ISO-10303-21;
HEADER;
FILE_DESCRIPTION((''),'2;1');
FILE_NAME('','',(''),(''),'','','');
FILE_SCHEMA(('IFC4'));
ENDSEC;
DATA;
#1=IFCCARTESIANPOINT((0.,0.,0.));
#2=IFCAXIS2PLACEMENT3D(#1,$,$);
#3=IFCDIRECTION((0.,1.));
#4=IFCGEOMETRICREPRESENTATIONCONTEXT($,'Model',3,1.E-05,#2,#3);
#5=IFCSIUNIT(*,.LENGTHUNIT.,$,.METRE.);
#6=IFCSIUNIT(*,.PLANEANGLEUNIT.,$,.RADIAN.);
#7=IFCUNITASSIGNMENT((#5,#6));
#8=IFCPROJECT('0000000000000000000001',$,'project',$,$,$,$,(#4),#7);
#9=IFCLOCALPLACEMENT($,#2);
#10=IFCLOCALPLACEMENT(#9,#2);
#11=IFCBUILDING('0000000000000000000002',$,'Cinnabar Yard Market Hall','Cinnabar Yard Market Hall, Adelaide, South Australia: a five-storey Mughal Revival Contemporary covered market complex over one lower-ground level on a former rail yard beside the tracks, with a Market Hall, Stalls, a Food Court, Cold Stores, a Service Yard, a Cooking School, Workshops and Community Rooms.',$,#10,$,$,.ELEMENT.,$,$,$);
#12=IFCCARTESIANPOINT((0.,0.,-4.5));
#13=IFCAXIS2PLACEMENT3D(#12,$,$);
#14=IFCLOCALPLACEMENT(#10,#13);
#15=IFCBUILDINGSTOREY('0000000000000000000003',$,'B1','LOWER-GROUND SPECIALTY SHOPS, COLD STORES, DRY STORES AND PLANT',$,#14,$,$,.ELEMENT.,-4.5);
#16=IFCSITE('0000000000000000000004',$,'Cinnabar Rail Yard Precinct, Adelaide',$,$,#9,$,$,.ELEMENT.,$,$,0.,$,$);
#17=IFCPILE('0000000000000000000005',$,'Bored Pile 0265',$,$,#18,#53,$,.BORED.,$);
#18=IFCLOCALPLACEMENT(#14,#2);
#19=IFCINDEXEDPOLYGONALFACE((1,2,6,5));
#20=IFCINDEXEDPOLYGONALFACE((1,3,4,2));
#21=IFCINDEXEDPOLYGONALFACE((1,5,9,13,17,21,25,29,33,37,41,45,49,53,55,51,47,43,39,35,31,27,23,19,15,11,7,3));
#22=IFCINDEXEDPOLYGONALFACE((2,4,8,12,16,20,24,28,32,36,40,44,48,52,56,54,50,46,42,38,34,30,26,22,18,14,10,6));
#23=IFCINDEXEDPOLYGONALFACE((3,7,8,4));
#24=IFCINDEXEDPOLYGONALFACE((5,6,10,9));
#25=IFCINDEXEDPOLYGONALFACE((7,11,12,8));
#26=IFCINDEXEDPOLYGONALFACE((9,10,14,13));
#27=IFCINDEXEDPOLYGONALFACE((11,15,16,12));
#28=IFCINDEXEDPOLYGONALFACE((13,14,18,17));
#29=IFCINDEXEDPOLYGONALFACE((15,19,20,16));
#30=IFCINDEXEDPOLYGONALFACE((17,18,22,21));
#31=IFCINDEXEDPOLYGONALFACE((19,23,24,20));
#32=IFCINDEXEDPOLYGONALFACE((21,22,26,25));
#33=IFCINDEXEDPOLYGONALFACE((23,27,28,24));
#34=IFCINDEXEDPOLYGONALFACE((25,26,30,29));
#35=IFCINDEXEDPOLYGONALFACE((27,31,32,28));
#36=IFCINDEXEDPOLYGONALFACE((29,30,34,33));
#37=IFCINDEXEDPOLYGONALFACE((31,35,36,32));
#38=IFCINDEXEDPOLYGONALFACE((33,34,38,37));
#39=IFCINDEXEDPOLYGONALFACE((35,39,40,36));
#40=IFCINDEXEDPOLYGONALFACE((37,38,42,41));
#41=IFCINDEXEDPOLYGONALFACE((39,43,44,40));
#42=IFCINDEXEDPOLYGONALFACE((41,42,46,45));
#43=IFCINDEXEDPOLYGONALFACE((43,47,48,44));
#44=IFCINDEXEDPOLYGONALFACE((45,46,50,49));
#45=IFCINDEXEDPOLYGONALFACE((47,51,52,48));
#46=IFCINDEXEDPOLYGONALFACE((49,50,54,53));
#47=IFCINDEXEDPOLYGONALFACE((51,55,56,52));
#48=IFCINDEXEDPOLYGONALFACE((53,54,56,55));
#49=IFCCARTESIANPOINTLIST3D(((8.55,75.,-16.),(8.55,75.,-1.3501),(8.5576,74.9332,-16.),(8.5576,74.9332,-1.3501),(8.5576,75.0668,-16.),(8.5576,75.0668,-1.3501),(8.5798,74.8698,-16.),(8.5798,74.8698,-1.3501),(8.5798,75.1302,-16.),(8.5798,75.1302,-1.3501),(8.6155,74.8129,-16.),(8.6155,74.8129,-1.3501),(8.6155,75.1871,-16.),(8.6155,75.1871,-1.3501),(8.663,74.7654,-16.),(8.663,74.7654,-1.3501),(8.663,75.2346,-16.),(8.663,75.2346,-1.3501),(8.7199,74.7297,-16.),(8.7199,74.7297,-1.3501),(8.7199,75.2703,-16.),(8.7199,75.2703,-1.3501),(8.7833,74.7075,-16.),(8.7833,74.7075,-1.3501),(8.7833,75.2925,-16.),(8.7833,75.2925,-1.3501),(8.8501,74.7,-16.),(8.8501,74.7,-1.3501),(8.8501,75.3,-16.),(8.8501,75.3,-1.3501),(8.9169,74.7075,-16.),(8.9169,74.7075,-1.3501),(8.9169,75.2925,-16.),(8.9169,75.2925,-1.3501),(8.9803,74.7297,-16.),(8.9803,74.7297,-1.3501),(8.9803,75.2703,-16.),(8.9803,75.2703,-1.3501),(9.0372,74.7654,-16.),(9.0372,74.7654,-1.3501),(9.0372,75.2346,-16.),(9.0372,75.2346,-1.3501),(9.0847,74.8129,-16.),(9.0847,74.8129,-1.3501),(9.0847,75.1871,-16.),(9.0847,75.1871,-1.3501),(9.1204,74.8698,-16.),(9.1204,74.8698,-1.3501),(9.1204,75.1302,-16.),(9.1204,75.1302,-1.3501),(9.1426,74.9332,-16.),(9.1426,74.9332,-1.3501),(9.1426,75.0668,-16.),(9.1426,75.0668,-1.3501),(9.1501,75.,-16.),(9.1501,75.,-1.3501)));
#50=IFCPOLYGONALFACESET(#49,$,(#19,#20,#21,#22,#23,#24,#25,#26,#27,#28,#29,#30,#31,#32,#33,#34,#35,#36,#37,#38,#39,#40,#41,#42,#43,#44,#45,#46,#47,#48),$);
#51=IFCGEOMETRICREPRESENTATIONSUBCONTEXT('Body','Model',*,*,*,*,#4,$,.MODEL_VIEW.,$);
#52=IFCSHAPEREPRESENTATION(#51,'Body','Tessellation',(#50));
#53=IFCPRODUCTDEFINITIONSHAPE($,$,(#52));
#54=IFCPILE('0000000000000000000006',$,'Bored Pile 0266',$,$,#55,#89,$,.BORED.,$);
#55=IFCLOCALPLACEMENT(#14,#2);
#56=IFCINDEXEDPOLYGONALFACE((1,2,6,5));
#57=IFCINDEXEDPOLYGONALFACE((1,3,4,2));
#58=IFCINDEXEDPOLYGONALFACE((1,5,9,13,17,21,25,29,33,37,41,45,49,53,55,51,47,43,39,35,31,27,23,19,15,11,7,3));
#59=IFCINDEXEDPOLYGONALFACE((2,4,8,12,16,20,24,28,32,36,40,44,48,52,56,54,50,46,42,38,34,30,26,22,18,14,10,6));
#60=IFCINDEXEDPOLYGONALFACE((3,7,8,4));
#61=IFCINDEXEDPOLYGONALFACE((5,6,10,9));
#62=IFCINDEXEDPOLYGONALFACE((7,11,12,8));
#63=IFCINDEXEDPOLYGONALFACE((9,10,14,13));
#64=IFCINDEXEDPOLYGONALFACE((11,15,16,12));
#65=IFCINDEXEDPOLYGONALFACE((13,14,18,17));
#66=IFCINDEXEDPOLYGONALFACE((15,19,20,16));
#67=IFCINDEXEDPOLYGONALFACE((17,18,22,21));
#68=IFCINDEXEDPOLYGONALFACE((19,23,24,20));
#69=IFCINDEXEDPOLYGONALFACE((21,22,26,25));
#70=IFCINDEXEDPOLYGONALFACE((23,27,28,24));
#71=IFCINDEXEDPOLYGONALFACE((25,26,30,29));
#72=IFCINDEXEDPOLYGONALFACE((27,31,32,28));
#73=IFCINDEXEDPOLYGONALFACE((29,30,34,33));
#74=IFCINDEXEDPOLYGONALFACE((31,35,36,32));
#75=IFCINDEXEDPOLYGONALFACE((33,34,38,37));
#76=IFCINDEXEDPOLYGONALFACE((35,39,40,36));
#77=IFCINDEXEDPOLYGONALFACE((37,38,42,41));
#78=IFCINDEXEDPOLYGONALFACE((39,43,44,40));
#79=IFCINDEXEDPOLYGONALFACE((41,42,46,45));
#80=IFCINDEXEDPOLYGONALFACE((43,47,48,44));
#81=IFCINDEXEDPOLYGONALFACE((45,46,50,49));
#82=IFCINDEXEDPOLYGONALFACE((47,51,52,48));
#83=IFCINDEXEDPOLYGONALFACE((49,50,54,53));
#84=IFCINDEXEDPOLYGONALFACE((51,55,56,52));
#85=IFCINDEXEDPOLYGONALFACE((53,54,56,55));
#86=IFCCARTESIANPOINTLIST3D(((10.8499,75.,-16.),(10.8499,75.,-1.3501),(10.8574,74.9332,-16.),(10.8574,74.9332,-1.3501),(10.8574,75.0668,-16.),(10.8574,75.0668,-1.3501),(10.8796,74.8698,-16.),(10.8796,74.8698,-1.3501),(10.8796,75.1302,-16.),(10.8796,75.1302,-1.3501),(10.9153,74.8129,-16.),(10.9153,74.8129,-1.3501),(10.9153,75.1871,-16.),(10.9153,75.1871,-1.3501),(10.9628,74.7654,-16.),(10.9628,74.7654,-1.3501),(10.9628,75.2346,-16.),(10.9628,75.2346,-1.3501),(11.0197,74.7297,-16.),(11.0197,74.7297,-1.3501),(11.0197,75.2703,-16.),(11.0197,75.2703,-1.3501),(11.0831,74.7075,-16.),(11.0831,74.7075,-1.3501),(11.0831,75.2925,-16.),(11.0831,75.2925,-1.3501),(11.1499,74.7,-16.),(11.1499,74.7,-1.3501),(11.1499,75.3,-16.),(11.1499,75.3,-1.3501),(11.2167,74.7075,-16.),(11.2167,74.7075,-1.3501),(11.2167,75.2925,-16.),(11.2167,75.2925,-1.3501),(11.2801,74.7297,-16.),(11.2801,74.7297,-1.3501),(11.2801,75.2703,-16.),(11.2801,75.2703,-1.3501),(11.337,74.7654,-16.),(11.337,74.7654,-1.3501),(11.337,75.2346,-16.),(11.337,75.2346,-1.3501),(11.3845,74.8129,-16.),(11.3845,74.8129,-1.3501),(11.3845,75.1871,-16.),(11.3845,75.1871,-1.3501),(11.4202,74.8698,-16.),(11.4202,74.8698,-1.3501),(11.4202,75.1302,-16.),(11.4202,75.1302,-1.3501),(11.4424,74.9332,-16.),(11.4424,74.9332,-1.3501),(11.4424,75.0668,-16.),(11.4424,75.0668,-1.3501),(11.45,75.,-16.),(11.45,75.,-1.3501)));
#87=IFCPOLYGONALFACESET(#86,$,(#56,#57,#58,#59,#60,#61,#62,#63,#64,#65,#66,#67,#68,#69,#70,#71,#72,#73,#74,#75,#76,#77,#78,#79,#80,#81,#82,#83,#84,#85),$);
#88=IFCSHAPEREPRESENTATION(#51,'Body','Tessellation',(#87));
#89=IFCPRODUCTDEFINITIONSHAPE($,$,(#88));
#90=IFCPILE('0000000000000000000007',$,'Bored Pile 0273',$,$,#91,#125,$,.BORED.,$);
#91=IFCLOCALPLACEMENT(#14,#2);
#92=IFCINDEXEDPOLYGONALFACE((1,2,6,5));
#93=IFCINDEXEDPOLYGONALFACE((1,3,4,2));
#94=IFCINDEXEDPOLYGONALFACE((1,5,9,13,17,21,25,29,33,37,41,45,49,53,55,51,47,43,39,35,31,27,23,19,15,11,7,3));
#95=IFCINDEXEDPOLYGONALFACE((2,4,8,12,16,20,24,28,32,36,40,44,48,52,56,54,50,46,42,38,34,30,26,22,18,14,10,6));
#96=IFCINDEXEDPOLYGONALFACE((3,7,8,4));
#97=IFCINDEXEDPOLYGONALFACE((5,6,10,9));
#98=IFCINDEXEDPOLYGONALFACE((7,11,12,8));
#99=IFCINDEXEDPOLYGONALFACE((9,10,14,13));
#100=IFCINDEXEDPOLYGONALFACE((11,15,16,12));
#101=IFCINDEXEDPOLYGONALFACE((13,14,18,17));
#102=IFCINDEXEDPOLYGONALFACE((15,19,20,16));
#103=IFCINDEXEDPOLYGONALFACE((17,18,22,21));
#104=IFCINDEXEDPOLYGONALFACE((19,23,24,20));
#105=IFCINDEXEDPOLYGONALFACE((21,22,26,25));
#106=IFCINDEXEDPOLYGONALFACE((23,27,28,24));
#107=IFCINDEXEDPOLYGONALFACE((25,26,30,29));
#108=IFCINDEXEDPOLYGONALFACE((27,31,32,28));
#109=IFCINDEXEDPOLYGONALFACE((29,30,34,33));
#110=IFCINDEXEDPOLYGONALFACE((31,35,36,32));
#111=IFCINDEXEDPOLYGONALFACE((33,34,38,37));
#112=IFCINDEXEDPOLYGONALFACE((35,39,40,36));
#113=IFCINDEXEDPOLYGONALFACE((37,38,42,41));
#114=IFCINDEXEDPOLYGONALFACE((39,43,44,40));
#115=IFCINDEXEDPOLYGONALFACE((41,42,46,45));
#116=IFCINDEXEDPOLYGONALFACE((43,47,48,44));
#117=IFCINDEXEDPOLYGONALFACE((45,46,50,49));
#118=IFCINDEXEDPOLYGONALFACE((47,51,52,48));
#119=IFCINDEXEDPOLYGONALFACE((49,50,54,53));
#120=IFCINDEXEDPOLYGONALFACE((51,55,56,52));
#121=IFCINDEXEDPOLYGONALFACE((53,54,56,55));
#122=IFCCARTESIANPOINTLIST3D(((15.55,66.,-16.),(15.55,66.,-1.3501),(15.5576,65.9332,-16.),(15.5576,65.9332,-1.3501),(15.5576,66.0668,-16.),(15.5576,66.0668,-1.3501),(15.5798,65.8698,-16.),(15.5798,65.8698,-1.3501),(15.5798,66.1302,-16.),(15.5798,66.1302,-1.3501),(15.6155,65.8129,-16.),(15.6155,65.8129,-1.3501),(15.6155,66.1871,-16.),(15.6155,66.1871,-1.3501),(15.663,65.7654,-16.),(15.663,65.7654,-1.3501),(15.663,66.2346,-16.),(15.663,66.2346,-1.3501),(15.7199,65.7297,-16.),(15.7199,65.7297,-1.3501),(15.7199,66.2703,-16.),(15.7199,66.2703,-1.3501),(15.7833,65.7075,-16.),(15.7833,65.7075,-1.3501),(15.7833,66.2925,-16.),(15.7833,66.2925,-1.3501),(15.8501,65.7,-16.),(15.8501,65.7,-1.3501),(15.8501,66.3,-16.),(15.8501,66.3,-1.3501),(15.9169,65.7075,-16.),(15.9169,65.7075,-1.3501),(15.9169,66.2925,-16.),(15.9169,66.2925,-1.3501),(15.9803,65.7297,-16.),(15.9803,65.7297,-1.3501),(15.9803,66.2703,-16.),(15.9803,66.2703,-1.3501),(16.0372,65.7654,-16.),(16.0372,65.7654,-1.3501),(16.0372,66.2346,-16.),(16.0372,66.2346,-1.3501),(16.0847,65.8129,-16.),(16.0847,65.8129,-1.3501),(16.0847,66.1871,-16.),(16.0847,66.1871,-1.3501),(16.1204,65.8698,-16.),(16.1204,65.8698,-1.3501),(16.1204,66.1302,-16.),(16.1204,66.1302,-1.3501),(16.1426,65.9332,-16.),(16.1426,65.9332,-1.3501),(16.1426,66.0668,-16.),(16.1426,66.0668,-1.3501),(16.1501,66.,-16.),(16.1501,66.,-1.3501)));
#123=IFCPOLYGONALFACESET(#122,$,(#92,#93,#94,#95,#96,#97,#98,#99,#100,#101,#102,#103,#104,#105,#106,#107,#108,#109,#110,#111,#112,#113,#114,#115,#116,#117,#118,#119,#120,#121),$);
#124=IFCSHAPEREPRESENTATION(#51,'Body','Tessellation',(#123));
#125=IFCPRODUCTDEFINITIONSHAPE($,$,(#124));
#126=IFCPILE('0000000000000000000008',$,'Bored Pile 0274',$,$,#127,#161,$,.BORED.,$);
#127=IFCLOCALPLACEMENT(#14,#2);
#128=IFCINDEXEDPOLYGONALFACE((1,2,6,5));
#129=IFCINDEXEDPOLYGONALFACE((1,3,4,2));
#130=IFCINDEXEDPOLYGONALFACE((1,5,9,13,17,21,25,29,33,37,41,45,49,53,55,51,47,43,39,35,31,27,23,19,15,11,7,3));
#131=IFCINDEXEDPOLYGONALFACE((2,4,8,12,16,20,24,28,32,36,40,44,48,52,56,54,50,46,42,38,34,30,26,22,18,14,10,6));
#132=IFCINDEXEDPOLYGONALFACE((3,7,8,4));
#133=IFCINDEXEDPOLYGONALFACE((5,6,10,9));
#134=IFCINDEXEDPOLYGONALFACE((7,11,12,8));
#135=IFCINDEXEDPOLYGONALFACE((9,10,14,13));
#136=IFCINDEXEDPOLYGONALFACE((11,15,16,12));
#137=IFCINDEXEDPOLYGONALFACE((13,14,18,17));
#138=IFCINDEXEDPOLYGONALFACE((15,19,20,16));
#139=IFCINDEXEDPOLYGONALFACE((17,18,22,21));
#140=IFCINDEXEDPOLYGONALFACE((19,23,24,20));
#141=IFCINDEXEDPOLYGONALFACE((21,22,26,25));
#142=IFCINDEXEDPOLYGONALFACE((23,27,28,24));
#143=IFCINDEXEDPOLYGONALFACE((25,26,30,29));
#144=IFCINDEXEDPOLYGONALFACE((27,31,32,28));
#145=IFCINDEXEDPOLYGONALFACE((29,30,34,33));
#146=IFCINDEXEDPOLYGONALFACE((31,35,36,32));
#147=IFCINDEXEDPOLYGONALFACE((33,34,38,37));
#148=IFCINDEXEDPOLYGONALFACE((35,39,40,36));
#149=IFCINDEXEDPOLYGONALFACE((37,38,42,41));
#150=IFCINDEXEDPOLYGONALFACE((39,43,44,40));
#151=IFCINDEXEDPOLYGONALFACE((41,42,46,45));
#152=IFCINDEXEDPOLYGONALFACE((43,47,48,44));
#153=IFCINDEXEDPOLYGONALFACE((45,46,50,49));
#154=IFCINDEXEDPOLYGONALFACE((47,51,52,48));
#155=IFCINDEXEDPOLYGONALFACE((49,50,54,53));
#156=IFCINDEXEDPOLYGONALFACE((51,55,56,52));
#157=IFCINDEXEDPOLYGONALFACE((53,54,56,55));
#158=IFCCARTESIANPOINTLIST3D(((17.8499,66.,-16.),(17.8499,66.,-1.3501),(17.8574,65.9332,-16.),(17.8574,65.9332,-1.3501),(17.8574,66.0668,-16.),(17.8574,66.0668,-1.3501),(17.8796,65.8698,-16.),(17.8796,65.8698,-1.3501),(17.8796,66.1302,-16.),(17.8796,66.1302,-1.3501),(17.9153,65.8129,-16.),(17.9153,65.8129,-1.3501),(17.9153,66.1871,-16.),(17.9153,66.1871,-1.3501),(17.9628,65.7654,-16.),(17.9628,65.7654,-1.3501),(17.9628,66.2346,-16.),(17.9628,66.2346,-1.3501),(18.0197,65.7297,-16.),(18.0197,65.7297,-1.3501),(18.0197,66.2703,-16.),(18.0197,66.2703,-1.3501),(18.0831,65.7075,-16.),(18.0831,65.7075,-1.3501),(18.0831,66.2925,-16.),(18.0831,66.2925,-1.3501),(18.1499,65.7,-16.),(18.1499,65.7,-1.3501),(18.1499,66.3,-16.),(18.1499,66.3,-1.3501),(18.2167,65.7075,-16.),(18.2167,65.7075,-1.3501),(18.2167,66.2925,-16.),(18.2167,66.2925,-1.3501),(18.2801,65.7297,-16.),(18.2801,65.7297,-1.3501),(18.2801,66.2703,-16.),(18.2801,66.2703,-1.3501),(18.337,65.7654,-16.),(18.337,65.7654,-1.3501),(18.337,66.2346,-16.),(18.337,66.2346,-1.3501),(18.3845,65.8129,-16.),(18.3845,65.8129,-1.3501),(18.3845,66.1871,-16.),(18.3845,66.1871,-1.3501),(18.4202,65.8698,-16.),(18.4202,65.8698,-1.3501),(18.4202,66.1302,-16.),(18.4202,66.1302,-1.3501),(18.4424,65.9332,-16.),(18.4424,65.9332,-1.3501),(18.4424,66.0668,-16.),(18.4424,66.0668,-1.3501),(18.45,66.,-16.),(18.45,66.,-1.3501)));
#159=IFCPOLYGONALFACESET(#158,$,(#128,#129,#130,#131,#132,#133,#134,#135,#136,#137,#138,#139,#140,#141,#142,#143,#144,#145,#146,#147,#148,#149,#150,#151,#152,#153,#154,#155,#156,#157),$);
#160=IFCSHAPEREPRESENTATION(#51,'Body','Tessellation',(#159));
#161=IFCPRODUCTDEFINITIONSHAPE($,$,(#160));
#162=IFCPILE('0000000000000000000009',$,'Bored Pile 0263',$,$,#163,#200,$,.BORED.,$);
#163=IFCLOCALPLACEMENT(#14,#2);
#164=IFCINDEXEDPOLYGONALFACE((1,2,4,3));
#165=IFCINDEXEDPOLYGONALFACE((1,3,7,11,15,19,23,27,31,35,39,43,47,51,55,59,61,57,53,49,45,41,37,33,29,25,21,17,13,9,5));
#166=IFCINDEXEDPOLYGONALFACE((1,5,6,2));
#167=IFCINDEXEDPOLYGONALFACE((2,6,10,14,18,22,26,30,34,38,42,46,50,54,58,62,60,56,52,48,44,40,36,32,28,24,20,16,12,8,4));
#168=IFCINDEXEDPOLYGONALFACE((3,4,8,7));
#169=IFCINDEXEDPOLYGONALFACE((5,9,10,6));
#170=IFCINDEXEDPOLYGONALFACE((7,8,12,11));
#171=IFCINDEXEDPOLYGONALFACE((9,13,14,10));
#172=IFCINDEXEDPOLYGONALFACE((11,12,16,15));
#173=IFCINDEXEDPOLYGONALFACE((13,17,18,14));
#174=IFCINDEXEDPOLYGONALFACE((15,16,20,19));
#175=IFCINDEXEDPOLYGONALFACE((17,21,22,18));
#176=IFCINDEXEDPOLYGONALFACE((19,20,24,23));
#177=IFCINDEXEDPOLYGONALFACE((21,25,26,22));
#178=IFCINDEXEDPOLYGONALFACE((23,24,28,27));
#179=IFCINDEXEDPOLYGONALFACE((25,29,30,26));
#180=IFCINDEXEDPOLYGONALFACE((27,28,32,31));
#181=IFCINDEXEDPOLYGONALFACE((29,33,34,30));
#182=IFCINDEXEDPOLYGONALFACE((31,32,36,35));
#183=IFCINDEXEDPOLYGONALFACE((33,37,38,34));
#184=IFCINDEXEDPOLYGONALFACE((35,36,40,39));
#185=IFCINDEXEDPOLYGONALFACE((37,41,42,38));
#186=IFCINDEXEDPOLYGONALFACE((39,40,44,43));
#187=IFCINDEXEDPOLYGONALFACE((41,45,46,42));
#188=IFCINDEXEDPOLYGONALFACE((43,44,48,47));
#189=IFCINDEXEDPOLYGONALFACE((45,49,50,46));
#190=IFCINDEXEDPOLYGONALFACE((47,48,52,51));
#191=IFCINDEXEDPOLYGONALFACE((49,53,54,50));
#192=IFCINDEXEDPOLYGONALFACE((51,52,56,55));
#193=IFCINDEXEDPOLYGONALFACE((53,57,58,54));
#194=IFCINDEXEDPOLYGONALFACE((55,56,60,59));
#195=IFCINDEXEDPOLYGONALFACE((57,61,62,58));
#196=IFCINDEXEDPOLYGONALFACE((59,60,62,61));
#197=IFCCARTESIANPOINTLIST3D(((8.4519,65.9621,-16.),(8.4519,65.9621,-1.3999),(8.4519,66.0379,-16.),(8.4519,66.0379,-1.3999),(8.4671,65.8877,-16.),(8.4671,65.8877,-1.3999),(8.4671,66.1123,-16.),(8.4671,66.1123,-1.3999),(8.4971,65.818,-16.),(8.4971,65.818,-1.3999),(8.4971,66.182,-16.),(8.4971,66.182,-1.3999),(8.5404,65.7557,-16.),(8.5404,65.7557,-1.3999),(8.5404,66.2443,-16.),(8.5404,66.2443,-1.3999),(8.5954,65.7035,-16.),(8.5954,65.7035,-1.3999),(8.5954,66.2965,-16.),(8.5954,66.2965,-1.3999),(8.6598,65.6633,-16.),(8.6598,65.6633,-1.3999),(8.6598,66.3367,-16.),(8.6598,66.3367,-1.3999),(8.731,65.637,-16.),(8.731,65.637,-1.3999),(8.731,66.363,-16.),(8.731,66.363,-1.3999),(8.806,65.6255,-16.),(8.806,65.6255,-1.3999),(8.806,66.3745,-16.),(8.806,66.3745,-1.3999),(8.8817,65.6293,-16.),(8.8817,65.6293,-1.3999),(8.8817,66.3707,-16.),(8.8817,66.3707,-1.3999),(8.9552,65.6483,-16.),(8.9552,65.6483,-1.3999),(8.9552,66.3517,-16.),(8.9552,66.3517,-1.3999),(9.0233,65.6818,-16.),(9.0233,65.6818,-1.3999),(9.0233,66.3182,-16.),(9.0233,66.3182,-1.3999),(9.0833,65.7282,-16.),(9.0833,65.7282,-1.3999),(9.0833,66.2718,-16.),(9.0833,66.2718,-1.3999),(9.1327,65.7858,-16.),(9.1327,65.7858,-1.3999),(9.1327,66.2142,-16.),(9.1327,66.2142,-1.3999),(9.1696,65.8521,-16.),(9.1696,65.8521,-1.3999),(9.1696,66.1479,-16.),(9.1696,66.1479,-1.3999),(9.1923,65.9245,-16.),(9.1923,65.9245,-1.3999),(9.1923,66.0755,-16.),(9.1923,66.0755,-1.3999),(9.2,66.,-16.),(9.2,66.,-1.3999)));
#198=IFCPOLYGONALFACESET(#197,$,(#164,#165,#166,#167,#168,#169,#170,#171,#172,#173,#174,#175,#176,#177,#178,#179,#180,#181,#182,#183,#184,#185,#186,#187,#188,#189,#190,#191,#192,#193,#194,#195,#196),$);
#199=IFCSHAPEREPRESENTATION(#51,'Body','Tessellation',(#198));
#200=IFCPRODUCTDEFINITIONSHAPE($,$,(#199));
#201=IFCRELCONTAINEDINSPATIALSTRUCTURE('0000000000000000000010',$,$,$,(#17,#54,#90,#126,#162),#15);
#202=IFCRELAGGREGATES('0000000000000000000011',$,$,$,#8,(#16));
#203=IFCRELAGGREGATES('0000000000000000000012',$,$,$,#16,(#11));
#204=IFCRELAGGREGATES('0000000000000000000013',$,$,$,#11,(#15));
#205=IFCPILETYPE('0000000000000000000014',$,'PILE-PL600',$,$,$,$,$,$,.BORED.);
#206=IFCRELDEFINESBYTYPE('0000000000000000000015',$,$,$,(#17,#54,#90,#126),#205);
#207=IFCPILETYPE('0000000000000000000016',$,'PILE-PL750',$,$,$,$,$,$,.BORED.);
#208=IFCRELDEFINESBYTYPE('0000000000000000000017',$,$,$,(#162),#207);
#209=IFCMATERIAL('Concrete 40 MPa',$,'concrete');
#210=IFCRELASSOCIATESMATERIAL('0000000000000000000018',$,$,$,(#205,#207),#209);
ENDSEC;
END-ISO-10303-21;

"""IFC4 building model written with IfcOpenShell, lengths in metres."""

from ifc_helpers import new_model, si_unit, direction, frame, origin, origin_2d_with_axis, place, context, subcontext, project, spatial, circle, extrude, material, material_profile, profile_set, type_object, element, save


model = new_model("IFC4")

# Units and contexts
model_context = context("Model", 3, precision=1e-05, world=origin(), true_north=direction((0.0, 1.0)))
body_context = subcontext(model_context, "Body", "Model", "MODEL_VIEW")
ifc_project = project(units=[si_unit("LENGTHUNIT", "METRE"), si_unit("PLANEANGLEUNIT", "RADIAN")], contexts=[model_context])

# Site, building, storey
site_placement = place(None, origin())
site = spatial("IfcSite", under=ifc_project, at=site_placement, Name="Cinnabar Rail Yard Precinct, Adelaide", CompositionType="ELEMENT", RefElevation=0.0)
building_placement = place(site_placement, origin())
building = spatial("IfcBuilding", under=site, at=building_placement, Name="Cinnabar Yard Market Hall", Description="Cinnabar Yard Market Hall, Adelaide, South Australia: a five-storey Mughal Revival Contemporary covered market complex over one lower-ground level on a former rail yard beside the tracks, with a Market Hall, Stalls, a Food Court, Cold Stores, a Service Yard, a Cooking School, Workshops and Community Rooms.", CompositionType="ELEMENT")
storey_placement = place(building_placement, frame((0.0, 0.0, -4.5)))
storey = spatial("IfcBuildingStorey", under=building, at=storey_placement, Name="B1", Description="LOWER-GROUND SPECIALTY SHOPS, COLD STORES, DRY STORES AND PLANT", CompositionType="ELEMENT", Elevation=-4.5)

# Shared definitions
ifc_material_1 = material(Name="Concrete 40 MPa", Category="concrete")

# Piles
ifc_material_profile_1 = material_profile(ifc_material_1, circle(Radius=0.3, at=origin_2d_with_axis()), Name="PILE-D600")
ifc_profile_set_1 = profile_set([ifc_material_profile_1], Name="Concrete 40 MPa")
pile_type_1 = type_object("IfcPileType", Name="PILE-PL600", PredefinedType="BORED", material=ifc_profile_set_1)
for number, where, z_axis, x_axis, name in (
    (1, (8.8501, 75.0, -1.3501), (0.0, 0.0, -1.0), (1.0, 0.0, 0.0), "Bored Pile 0265"),
    (2, (11.1499, 75.0, -1.3501), (0.0, 0.0, -1.0), (1.0, 0.0, 0.0), "Bored Pile 0266"),
    (3, (15.8501, 66.0, -1.3501), (0.0, 0.0, -1.0), (1.0, 0.0, 0.0), "Bored Pile 0273"),
    (4, (18.1499, 66.0, -1.3501), (0.0, 0.0, -1.0), (1.0, 0.0, 0.0), "Bored Pile 0274"),
):
    element("IfcPile", number, at=place(storey_placement, frame(where, z_axis=z_axis, x_axis=x_axis)), inside=storey, type_object=pile_type_1, Name=name, PredefinedType="BORED", context=body_context, shape_type="SweptSolid", body=[
        extrude(circle(Radius=0.3, at=origin_2d_with_axis()), origin(), (0.0, 0.0, 1.0), 14.6499),
    ])
ifc_material_profile_2 = material_profile(ifc_material_1, circle(Radius=0.375, at=origin_2d_with_axis()), Name="PILE-D750")
ifc_profile_set_2 = profile_set([ifc_material_profile_2], Name="Concrete 40 MPa")
pile_type_2 = type_object("IfcPileType", Name="PILE-PL750", PredefinedType="BORED", material=ifc_profile_set_2)
for number, where, z_axis, x_axis, name in (
    (5, (8.825, 66.0, -1.3999), (0.0, 0.0, -1.0), (1.0, 0.0, 0.0), "Bored Pile 0263"),
):
    element("IfcPile", number, at=place(storey_placement, frame(where, z_axis=z_axis, x_axis=x_axis)), inside=storey, type_object=pile_type_2, Name=name, PredefinedType="BORED", context=body_context, shape_type="SweptSolid", body=[
        extrude(circle(Radius=0.375, at=origin_2d_with_axis()), origin(), (0.0, 0.0, 1.0), 14.6001),
    ])

save(model, "model.ifc")
